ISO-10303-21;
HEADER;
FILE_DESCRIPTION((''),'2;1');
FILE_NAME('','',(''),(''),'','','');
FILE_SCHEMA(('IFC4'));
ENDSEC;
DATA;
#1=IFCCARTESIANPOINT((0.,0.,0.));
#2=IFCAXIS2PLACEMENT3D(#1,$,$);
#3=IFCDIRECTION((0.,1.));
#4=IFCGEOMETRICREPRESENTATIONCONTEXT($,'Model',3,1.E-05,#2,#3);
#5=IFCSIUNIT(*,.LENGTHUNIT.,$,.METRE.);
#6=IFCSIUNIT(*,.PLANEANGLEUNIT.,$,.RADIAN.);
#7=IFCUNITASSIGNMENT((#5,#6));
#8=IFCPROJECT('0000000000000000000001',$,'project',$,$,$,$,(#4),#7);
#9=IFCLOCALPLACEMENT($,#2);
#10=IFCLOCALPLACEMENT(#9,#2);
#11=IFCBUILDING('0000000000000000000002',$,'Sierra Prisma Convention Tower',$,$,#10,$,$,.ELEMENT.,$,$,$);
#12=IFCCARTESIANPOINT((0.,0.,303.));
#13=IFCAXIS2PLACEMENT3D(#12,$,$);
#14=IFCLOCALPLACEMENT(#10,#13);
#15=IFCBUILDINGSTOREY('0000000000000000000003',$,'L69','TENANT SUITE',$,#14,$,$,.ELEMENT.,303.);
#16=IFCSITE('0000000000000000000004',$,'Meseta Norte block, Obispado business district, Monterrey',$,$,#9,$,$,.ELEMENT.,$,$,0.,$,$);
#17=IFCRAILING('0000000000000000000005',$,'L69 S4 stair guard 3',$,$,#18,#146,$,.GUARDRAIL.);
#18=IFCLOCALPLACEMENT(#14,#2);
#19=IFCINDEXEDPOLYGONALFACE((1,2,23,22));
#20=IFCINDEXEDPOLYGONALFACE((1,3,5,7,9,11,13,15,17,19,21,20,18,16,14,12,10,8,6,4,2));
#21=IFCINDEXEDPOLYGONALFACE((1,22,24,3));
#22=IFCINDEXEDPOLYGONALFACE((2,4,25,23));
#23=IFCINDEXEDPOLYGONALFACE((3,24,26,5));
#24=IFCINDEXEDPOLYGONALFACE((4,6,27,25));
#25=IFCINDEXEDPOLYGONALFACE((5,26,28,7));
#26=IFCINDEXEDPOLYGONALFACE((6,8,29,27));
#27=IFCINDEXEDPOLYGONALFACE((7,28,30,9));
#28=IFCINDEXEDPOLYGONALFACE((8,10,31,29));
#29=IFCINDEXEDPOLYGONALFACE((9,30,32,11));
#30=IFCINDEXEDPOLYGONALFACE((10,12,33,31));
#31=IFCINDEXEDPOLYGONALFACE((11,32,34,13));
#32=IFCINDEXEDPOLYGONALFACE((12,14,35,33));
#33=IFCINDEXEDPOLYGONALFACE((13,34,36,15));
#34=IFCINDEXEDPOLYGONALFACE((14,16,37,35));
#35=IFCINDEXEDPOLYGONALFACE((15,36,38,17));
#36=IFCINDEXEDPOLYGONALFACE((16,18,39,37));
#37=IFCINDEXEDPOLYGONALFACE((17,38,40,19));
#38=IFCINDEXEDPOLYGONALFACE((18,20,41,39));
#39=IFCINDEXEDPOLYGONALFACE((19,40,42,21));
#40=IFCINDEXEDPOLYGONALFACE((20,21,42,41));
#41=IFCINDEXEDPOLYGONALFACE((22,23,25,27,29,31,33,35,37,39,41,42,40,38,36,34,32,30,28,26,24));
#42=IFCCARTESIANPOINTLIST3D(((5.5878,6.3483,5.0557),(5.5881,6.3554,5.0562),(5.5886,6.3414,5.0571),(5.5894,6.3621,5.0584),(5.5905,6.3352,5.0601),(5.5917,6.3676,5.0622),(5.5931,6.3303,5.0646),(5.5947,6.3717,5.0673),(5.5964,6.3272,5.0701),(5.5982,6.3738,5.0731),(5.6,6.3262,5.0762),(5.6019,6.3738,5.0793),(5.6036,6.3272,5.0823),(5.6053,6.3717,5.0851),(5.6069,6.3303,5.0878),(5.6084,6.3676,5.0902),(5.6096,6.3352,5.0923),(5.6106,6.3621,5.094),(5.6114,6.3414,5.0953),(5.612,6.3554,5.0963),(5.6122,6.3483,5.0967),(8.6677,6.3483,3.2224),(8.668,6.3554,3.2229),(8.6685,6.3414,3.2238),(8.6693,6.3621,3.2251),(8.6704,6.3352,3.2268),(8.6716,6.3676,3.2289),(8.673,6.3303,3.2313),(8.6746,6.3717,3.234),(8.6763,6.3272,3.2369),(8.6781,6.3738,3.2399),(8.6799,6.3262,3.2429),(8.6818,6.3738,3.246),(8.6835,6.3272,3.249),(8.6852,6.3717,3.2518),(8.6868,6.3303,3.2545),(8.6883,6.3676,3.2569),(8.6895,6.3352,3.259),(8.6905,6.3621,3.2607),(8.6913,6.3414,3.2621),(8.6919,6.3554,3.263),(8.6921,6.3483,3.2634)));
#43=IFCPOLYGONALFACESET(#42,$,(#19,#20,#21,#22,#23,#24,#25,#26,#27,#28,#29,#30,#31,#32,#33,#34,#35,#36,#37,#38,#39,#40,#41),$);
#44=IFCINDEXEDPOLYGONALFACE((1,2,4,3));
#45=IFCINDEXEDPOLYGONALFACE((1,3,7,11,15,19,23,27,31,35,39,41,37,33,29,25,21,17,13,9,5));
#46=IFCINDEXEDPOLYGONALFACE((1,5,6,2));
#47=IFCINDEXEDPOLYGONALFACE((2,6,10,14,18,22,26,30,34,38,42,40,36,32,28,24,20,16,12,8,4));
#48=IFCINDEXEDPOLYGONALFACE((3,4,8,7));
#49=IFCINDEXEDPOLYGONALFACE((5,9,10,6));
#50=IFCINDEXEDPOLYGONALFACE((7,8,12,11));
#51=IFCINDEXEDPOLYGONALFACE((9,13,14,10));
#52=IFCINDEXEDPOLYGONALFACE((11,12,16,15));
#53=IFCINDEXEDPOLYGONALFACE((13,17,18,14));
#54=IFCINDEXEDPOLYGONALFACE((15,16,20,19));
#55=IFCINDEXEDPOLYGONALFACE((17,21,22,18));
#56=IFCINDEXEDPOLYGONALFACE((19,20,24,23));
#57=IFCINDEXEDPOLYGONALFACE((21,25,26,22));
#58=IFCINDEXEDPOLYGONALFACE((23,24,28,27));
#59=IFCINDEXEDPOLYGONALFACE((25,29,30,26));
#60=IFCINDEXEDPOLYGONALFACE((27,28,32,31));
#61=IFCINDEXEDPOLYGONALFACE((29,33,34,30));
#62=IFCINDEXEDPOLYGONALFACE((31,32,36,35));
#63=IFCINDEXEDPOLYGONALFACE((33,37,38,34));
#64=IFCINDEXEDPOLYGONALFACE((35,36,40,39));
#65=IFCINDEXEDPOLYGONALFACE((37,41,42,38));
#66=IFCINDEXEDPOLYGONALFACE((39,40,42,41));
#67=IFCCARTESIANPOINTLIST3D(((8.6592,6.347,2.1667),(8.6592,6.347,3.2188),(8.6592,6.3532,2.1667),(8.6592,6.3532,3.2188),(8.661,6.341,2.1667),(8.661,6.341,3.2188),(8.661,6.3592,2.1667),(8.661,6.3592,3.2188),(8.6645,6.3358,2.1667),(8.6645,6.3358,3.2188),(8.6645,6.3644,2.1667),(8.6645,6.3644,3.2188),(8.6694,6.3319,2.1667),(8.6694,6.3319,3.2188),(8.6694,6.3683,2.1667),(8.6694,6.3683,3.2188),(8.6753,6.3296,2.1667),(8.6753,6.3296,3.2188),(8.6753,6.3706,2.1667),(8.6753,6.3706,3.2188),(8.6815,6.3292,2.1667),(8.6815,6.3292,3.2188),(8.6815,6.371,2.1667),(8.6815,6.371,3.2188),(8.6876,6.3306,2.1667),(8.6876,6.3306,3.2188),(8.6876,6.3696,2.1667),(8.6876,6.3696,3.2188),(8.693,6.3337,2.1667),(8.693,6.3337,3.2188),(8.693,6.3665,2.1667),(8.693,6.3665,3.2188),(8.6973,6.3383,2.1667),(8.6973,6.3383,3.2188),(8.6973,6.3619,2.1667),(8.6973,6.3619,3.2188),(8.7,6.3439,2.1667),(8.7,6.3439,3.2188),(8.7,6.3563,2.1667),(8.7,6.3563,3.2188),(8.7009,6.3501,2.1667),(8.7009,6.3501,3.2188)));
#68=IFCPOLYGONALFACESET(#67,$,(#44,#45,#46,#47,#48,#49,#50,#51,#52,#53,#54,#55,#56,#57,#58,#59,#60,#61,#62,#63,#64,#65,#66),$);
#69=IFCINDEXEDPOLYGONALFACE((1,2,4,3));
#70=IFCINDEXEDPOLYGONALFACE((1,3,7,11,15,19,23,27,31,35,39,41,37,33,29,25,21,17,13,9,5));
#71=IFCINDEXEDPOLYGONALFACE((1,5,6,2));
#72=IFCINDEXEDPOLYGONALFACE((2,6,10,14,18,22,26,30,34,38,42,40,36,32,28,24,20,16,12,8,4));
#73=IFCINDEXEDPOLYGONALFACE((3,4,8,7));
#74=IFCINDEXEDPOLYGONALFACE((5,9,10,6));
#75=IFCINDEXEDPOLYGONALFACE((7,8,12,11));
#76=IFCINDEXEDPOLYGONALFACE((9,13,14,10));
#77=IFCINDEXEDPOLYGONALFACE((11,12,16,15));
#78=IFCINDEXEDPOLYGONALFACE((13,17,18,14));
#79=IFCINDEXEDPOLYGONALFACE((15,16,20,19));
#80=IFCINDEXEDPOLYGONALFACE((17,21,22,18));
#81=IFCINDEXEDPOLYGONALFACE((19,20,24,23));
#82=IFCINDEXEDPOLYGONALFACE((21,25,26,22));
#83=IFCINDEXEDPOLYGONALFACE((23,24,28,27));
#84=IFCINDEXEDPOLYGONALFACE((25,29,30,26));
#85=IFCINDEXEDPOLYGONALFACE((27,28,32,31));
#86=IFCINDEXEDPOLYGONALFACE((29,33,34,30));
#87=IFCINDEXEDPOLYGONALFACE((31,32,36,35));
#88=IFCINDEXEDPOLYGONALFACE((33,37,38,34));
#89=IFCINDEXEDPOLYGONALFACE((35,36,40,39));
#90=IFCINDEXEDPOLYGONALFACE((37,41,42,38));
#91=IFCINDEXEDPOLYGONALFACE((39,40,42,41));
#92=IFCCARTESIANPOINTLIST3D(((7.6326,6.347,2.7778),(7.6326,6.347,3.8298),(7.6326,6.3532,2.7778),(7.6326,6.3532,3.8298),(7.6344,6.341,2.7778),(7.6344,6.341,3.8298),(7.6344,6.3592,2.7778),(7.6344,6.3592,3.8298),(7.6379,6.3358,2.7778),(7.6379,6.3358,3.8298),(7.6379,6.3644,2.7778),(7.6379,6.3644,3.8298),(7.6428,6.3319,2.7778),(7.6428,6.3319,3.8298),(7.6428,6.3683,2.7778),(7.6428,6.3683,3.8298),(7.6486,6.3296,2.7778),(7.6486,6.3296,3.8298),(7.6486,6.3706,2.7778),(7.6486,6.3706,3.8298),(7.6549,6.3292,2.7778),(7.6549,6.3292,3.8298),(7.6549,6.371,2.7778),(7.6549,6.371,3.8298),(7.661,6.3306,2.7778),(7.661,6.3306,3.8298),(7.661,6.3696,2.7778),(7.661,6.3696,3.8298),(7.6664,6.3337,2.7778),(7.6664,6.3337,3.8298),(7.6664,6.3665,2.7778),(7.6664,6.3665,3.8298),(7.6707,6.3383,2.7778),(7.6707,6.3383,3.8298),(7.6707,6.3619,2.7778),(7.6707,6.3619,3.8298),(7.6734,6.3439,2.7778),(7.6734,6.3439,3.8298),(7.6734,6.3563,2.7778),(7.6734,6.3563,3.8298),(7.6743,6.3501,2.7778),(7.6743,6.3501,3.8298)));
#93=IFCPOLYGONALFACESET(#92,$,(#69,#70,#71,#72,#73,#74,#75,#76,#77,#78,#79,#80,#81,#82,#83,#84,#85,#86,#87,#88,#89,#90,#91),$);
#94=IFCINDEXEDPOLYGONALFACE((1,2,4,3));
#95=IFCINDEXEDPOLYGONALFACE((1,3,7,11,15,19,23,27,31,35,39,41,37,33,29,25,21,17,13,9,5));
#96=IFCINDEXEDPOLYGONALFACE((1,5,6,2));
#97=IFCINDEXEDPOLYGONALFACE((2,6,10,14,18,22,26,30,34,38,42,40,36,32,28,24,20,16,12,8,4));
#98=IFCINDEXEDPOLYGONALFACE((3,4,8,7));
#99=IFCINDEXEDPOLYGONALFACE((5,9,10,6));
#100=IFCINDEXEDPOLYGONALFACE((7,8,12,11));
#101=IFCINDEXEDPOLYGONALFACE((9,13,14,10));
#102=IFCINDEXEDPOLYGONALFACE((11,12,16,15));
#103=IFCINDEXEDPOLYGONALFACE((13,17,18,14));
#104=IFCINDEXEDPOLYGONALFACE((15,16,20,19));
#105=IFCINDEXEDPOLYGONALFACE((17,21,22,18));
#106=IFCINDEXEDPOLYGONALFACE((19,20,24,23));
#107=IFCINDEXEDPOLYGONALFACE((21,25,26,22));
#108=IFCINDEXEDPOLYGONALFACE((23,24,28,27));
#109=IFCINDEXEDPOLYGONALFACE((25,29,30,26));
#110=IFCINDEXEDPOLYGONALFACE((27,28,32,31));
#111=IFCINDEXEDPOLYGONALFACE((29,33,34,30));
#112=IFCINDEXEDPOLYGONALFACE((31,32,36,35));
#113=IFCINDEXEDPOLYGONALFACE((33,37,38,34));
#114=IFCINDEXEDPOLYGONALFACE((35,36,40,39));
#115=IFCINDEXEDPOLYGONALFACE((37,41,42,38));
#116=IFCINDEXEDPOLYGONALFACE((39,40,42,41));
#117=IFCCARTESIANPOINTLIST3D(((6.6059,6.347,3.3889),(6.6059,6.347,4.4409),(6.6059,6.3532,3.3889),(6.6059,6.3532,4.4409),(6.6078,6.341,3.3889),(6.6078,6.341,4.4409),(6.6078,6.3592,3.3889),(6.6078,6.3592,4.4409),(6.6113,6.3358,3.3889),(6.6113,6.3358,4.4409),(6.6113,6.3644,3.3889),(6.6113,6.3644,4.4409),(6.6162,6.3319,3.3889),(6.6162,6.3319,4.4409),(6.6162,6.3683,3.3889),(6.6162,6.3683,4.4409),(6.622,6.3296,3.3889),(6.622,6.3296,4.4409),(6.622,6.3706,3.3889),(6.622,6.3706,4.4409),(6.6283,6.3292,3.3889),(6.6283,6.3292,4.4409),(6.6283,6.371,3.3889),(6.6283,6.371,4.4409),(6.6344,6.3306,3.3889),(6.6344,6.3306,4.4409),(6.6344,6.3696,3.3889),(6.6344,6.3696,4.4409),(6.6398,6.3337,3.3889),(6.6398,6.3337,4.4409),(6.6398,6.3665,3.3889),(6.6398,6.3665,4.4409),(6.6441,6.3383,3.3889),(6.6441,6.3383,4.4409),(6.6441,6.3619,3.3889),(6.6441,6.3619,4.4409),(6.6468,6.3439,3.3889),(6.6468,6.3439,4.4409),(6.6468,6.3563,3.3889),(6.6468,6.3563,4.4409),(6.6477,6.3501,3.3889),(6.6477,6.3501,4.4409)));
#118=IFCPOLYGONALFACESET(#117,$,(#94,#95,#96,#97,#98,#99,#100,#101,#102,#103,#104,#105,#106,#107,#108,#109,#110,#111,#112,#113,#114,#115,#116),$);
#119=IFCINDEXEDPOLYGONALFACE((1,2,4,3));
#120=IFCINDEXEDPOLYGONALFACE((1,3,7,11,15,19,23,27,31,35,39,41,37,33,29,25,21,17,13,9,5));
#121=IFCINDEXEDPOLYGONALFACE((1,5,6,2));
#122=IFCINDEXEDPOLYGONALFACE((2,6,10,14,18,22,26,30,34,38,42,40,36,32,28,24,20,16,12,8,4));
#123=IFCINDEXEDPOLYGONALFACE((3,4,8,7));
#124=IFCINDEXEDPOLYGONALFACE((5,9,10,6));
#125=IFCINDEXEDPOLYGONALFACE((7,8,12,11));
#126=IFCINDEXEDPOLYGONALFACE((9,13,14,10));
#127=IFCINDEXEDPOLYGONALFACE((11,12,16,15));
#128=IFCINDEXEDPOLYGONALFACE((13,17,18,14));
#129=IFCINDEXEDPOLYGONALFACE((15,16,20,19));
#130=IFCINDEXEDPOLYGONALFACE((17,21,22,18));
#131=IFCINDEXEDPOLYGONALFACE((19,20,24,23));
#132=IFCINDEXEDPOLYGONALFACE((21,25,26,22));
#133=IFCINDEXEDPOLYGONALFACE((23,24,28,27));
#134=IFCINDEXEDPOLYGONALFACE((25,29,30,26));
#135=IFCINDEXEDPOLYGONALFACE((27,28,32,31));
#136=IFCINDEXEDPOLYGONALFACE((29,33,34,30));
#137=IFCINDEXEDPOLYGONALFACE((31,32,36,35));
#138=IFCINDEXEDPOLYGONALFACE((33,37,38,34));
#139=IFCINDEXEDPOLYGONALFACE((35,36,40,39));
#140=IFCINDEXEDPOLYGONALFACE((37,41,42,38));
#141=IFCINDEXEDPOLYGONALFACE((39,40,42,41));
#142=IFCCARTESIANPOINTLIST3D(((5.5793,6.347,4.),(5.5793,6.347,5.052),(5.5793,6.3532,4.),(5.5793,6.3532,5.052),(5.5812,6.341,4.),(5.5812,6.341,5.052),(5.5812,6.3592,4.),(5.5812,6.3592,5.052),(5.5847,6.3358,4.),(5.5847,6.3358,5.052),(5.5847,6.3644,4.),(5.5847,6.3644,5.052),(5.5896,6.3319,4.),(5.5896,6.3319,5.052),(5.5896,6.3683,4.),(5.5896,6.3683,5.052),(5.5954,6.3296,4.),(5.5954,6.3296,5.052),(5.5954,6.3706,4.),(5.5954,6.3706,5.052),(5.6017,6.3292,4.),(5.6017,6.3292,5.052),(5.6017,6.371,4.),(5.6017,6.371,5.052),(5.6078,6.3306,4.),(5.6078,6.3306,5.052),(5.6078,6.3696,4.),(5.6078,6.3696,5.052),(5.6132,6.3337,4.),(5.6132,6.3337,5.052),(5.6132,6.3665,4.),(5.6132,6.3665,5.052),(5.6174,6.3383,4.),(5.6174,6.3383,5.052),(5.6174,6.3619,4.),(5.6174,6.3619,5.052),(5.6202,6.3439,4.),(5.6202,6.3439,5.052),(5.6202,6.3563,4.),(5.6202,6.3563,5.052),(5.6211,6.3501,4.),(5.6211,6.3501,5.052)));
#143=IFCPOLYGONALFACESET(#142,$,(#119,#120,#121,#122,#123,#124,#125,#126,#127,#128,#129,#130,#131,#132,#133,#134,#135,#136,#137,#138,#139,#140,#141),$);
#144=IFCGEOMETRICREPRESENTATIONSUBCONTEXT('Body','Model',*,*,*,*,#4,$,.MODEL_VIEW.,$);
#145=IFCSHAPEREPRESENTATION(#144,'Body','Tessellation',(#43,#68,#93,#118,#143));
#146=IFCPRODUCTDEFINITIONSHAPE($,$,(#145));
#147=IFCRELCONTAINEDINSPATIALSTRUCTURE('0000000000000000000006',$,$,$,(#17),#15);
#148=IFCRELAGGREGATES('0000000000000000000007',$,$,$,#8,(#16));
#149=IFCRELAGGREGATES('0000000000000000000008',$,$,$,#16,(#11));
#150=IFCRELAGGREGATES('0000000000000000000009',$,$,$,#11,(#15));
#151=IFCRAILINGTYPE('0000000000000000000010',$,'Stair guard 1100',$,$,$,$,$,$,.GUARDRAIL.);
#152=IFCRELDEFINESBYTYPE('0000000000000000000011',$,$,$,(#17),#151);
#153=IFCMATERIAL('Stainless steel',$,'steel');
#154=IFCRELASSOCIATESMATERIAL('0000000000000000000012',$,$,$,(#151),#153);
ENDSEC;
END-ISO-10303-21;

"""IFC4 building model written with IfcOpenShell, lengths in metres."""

from ifc_helpers import new_model, si_unit, direction, frame, origin, origin_2d, place, context, subcontext, project, spatial, circle, extrude, material, type_object, element, save


model = new_model("IFC4")

# Units and contexts
model_context = context("Model", 3, precision=1e-05, world=origin(), true_north=direction((0.0, 1.0)))
body_context = subcontext(model_context, "Body", "Model", "MODEL_VIEW")
ifc_project = project(units=[si_unit("LENGTHUNIT", "METRE"), si_unit("PLANEANGLEUNIT", "RADIAN")], contexts=[model_context])

# Site, building, storey
site_placement = place(None, origin())
site = spatial("IfcSite", under=ifc_project, at=site_placement, Name="Meseta Norte block, Obispado business district, Monterrey", CompositionType="ELEMENT", RefElevation=0.0)
building_placement = place(site_placement, origin())
building = spatial("IfcBuilding", under=site, at=building_placement, Name="Sierra Prisma Convention Tower", CompositionType="ELEMENT")
storey_placement = place(building_placement, frame((0.0, 0.0, 303.0)))
storey = spatial("IfcBuildingStorey", under=building, at=storey_placement, Name="L69", Description="TENANT SUITE", CompositionType="ELEMENT", Elevation=303.0)

# Railing
ifc_material_1 = material(Name="Stainless steel", Category="steel")
railing_type = type_object("IfcRailingType", Name="Stair guard 1100", PredefinedType="GUARDRAIL", material=ifc_material_1)
railing_1_placement = place(storey_placement, frame((8.6799, 6.3501, 2.1667)))
element("IfcRailing", 1, at=railing_1_placement, inside=storey, type_object=railing_type, Name="L69 S4 stair guard 3", PredefinedType="GUARDRAIL", context=body_context, shape_type="SweptSolid", body=[
    extrude(circle(Radius=0.0239, at=origin_2d()), frame((0.0, 0.0, 1.0762), z_axis=(-0.859291, 0.0, 0.511487), x_axis=(0.0, -1.0, 0.0)), (0.0, 0.0, 1.0), 3.5842),
    extrude(circle(Radius=0.021, at=origin_2d()), origin(), (0.0, 0.0, 1.0), 1.052),
    extrude(circle(Radius=0.021, at=origin_2d()), frame((-1.0266, 0.0, 0.6111)), (0.0, 0.0, 1.0), 1.052),
    extrude(circle(Radius=0.021, at=origin_2d()), frame((-2.0532, 0.0, 1.2222)), (0.0, 0.0, 1.0), 1.052),
    extrude(circle(Radius=0.021, at=origin_2d()), frame((-3.0798, 0.0, 1.8333)), (0.0, 0.0, 1.0), 1.052),
])

save(model, "model.ifc")
